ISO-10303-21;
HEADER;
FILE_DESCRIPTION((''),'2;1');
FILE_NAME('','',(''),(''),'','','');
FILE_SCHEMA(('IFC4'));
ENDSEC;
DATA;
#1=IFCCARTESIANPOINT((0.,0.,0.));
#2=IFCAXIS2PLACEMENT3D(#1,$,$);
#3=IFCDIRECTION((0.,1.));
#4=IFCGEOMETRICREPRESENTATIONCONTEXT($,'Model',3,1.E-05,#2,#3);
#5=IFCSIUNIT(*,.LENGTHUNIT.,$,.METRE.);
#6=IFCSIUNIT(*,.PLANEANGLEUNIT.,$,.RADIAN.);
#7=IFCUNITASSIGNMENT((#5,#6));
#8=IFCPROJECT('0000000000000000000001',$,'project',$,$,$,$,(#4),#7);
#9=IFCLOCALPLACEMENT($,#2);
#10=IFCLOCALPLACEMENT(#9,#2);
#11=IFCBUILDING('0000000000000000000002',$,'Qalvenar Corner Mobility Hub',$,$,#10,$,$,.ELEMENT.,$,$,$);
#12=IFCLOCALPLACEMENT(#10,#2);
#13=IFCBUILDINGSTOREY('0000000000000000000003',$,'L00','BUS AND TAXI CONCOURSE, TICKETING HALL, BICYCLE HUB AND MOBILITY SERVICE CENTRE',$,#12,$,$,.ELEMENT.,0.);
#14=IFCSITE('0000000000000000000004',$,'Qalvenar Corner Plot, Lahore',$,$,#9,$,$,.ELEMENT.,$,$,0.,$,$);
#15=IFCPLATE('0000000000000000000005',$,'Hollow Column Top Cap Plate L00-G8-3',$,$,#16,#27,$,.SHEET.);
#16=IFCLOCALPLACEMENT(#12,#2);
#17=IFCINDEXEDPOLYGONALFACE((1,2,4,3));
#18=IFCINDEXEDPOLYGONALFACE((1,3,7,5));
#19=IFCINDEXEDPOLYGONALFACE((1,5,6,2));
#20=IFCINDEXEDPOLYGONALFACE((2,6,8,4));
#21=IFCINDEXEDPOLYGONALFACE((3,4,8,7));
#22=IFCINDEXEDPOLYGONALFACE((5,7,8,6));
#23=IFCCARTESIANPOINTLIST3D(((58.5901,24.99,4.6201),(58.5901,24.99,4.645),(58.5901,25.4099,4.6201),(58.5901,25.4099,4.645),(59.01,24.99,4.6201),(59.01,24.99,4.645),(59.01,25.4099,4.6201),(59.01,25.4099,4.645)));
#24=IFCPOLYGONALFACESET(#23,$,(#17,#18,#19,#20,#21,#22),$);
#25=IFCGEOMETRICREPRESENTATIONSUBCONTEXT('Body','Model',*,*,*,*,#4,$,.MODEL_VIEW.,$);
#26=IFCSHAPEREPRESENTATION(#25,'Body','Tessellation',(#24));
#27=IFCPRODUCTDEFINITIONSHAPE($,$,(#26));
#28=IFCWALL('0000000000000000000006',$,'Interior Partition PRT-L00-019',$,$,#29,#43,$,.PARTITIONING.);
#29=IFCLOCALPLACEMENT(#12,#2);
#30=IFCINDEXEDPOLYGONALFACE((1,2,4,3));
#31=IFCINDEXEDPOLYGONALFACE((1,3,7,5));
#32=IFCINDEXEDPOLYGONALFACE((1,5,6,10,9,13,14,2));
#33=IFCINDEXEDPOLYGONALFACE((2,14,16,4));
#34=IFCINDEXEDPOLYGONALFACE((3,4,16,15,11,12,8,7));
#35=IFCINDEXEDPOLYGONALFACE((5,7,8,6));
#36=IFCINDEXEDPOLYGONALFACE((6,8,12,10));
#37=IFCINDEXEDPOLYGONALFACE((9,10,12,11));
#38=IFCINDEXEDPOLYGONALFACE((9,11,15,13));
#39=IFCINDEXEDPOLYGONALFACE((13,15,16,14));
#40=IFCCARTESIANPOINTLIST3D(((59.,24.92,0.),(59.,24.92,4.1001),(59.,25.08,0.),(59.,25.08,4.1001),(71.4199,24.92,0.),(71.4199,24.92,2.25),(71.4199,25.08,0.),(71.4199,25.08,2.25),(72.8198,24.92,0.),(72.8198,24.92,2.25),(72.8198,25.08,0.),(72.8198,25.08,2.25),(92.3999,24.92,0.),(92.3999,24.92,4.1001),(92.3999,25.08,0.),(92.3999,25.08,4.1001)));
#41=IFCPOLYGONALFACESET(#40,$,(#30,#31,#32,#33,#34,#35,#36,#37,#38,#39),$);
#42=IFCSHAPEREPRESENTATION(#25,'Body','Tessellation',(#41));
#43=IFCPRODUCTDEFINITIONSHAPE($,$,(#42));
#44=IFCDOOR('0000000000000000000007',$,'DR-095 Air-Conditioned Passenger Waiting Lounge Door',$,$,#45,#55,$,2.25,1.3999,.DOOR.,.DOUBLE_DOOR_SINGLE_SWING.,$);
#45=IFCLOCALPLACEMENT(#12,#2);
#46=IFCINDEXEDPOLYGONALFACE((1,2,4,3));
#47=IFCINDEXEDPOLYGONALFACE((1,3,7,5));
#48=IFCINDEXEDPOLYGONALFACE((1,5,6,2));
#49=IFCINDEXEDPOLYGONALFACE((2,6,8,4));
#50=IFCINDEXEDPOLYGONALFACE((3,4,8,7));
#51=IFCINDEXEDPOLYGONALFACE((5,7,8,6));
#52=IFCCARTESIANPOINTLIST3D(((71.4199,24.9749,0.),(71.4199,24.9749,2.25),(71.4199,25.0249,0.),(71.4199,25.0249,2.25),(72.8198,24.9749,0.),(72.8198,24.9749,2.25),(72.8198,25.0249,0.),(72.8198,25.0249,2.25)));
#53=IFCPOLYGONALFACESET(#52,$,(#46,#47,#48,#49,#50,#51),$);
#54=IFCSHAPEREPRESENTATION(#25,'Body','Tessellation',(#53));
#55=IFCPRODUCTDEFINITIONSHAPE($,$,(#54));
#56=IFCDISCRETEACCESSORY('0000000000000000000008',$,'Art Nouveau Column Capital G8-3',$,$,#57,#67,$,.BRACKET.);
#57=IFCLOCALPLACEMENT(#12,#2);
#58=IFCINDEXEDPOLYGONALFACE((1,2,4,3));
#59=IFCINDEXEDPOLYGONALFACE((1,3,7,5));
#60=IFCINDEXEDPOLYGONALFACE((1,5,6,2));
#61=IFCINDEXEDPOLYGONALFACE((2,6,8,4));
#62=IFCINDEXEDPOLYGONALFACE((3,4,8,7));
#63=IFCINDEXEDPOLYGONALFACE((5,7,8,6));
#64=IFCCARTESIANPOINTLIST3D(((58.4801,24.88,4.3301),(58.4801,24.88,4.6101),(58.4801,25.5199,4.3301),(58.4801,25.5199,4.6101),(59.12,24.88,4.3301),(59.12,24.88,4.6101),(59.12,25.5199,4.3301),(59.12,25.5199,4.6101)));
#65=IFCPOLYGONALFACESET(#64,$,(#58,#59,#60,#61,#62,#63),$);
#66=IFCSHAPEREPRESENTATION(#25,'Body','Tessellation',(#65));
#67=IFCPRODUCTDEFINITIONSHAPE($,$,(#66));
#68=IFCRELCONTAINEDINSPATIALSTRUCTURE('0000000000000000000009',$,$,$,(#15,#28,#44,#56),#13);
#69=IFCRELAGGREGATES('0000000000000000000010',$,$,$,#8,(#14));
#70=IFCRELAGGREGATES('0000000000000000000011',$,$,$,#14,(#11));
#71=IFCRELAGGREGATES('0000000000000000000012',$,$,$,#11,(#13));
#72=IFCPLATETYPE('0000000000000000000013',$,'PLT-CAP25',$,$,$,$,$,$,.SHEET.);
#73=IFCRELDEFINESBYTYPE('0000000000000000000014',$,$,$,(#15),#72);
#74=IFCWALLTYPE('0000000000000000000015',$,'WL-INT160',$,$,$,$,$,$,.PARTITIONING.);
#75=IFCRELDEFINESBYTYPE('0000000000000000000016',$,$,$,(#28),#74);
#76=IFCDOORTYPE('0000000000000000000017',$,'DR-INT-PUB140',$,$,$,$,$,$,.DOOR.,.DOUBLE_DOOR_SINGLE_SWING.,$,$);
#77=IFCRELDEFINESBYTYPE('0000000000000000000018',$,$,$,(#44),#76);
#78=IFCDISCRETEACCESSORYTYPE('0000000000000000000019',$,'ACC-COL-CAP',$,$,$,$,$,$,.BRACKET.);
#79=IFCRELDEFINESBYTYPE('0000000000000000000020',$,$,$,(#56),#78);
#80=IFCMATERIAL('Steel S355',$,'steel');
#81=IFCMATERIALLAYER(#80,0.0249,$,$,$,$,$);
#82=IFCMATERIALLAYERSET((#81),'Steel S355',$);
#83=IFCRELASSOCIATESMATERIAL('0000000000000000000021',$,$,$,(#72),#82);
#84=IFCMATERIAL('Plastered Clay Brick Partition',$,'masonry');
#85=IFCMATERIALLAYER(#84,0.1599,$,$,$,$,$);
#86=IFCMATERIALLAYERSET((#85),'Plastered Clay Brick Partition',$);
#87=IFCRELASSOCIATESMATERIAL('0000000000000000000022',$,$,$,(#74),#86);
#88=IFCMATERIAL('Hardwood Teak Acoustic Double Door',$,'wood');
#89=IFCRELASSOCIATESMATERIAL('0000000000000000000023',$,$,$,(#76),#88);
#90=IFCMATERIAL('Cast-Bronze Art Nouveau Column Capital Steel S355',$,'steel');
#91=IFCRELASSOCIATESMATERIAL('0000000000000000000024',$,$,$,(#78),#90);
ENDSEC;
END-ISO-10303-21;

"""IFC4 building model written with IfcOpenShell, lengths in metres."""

from ifc_helpers import new_model, si_unit, direction, frame, frame_2d, origin, origin_2d, place, context, subcontext, project, spatial, rectangle, extrude, material, layer, layer_set, type_object, element, fill, save


model = new_model("IFC4")

# Units and contexts
model_context = context("Model", 3, precision=1e-05, world=origin(), true_north=direction((0.0, 1.0)))
body_context = subcontext(model_context, "Body", "Model", "MODEL_VIEW")
ifc_project = project(units=[si_unit("LENGTHUNIT", "METRE"), si_unit("PLANEANGLEUNIT", "RADIAN")], contexts=[model_context])

# Site, building, storey
site_placement = place(None, origin())
site = spatial("IfcSite", under=ifc_project, at=site_placement, Name="Qalvenar Corner Plot, Lahore", CompositionType="ELEMENT", RefElevation=0.0)
building_placement = place(site_placement, origin())
building = spatial("IfcBuilding", under=site, at=building_placement, Name="Qalvenar Corner Mobility Hub", CompositionType="ELEMENT")
storey_placement = place(building_placement, origin())
storey = spatial("IfcBuildingStorey", under=building, at=storey_placement, Name="L00", Description="BUS AND TAXI CONCOURSE, TICKETING HALL, BICYCLE HUB AND MOBILITY SERVICE CENTRE", CompositionType="ELEMENT", Elevation=0.0)

# Plate
ifc_material_1 = material(Name="Steel S355", Category="steel")
ifc_layer_1 = layer(ifc_material_1, 0.0249)
ifc_layer_set_1 = layer_set([ifc_layer_1], Name="Steel S355")
plate_type = type_object("IfcPlateType", Name="PLT-CAP25", PredefinedType="SHEET", material=ifc_layer_set_1)
plate_placement = place(storey_placement, frame((58.8, 25.2, 4.6201), z_axis=(0.0, 0.0, 1.0), x_axis=(1.0, 0.0, 0.0)))
element("IfcPlate", 1, at=plate_placement, inside=storey, type_object=plate_type, Name="Hollow Column Top Cap Plate L00-G8-3", PredefinedType="SHEET", context=body_context, shape_type="SweptSolid", body=[
    extrude(rectangle(XDim=0.4199, YDim=0.4199, at=origin_2d()), origin(), (0.0, 0.0, 1.0), 0.0249),
])

# Wall, opening, door
ifc_material_2 = material(Name="Plastered Clay Brick Partition", Category="masonry")
ifc_layer_2 = layer(ifc_material_2, 0.1599)
ifc_layer_set_2 = layer_set([ifc_layer_2], Name="Plastered Clay Brick Partition")
wall_type = type_object("IfcWallType", Name="WL-INT160", PredefinedType="PARTITIONING", material=ifc_layer_set_2)
wall_placement = place(storey_placement, frame((59.0, 25.0, 0.0), z_axis=(0.0, 0.0, 1.0), x_axis=(1.0, 0.0, 0.0)))
wall = element("IfcWall", 2, at=wall_placement, inside=storey, type_object=wall_type, Name="Interior Partition PRT-L00-019", PredefinedType="PARTITIONING", context=body_context, shape_type="SweptSolid", body=[
    extrude(rectangle(XDim=33.3999, YDim=0.1599, at=frame_2d((16.7, 0.0))), origin(), (0.0, 0.0, 1.0), 4.1001),
])
opening_placement = place(wall_placement, frame((12.4199, 0.0, 0.0)))
opening = element("IfcOpeningElement", 3, at=opening_placement, cuts=wall, PredefinedType="OPENING", context=body_context, shape_type="SweptSolid", body=[
    extrude(rectangle(XDim=1.3999, YDim=2.25, at=frame_2d((0.7, 1.125))), frame((0.0, 0.0898, 0.0), z_axis=(0.0, -1.0, 0.0), x_axis=(1.0, 0.0, 0.0)), (0.0, 0.0, 1.0), 0.1799),
])
ifc_material_3 = material(Name="Hardwood Teak Acoustic Double Door", Category="wood")
door_type = type_object("IfcDoorType", Name="DR-INT-PUB140", OperationType="DOUBLE_DOOR_SINGLE_SWING", PredefinedType="DOOR", material=ifc_material_3)
door_placement = place(opening_placement, origin())
door = element("IfcDoor", 4, at=door_placement, inside=storey, type_object=door_type, Name="DR-095 Air-Conditioned Passenger Waiting Lounge Door", OperationType="DOUBLE_DOOR_SINGLE_SWING", OverallHeight=2.25, OverallWidth=1.3999, PredefinedType="DOOR", context=body_context, shape_type="SweptSolid", body=[
    extrude(rectangle(XDim=1.3999, YDim=2.25, at=frame_2d((0.7, 1.125))), frame((0.0, 0.0249, 0.0), z_axis=(0.0, -1.0, 0.0), x_axis=(1.0, 0.0, 0.0)), (0.0, 0.0, 1.0), 0.05),
])
fill(opening, door)

# Discrete accessory
ifc_material_4 = material(Name="Cast-Bronze Art Nouveau Column Capital Steel S355", Category="steel")
discrete_accessory_type = type_object("IfcDiscreteAccessoryType", Name="ACC-COL-CAP", PredefinedType="BRACKET", material=ifc_material_4)
discrete_accessory_placement = place(storey_placement, frame((58.8, 25.2, 4.3301), z_axis=(0.0, 0.0, 1.0), x_axis=(1.0, 0.0, 0.0)))
element("IfcDiscreteAccessory", 5, at=discrete_accessory_placement, inside=storey, type_object=discrete_accessory_type, Name="Art Nouveau Column Capital G8-3", PredefinedType="BRACKET", context=body_context, shape_type="SweptSolid", body=[
    extrude(rectangle(XDim=0.6399, YDim=0.6399, at=origin_2d()), origin(), (0.0, 0.0, 1.0), 0.28),
])

save(model, "model.ifc")
